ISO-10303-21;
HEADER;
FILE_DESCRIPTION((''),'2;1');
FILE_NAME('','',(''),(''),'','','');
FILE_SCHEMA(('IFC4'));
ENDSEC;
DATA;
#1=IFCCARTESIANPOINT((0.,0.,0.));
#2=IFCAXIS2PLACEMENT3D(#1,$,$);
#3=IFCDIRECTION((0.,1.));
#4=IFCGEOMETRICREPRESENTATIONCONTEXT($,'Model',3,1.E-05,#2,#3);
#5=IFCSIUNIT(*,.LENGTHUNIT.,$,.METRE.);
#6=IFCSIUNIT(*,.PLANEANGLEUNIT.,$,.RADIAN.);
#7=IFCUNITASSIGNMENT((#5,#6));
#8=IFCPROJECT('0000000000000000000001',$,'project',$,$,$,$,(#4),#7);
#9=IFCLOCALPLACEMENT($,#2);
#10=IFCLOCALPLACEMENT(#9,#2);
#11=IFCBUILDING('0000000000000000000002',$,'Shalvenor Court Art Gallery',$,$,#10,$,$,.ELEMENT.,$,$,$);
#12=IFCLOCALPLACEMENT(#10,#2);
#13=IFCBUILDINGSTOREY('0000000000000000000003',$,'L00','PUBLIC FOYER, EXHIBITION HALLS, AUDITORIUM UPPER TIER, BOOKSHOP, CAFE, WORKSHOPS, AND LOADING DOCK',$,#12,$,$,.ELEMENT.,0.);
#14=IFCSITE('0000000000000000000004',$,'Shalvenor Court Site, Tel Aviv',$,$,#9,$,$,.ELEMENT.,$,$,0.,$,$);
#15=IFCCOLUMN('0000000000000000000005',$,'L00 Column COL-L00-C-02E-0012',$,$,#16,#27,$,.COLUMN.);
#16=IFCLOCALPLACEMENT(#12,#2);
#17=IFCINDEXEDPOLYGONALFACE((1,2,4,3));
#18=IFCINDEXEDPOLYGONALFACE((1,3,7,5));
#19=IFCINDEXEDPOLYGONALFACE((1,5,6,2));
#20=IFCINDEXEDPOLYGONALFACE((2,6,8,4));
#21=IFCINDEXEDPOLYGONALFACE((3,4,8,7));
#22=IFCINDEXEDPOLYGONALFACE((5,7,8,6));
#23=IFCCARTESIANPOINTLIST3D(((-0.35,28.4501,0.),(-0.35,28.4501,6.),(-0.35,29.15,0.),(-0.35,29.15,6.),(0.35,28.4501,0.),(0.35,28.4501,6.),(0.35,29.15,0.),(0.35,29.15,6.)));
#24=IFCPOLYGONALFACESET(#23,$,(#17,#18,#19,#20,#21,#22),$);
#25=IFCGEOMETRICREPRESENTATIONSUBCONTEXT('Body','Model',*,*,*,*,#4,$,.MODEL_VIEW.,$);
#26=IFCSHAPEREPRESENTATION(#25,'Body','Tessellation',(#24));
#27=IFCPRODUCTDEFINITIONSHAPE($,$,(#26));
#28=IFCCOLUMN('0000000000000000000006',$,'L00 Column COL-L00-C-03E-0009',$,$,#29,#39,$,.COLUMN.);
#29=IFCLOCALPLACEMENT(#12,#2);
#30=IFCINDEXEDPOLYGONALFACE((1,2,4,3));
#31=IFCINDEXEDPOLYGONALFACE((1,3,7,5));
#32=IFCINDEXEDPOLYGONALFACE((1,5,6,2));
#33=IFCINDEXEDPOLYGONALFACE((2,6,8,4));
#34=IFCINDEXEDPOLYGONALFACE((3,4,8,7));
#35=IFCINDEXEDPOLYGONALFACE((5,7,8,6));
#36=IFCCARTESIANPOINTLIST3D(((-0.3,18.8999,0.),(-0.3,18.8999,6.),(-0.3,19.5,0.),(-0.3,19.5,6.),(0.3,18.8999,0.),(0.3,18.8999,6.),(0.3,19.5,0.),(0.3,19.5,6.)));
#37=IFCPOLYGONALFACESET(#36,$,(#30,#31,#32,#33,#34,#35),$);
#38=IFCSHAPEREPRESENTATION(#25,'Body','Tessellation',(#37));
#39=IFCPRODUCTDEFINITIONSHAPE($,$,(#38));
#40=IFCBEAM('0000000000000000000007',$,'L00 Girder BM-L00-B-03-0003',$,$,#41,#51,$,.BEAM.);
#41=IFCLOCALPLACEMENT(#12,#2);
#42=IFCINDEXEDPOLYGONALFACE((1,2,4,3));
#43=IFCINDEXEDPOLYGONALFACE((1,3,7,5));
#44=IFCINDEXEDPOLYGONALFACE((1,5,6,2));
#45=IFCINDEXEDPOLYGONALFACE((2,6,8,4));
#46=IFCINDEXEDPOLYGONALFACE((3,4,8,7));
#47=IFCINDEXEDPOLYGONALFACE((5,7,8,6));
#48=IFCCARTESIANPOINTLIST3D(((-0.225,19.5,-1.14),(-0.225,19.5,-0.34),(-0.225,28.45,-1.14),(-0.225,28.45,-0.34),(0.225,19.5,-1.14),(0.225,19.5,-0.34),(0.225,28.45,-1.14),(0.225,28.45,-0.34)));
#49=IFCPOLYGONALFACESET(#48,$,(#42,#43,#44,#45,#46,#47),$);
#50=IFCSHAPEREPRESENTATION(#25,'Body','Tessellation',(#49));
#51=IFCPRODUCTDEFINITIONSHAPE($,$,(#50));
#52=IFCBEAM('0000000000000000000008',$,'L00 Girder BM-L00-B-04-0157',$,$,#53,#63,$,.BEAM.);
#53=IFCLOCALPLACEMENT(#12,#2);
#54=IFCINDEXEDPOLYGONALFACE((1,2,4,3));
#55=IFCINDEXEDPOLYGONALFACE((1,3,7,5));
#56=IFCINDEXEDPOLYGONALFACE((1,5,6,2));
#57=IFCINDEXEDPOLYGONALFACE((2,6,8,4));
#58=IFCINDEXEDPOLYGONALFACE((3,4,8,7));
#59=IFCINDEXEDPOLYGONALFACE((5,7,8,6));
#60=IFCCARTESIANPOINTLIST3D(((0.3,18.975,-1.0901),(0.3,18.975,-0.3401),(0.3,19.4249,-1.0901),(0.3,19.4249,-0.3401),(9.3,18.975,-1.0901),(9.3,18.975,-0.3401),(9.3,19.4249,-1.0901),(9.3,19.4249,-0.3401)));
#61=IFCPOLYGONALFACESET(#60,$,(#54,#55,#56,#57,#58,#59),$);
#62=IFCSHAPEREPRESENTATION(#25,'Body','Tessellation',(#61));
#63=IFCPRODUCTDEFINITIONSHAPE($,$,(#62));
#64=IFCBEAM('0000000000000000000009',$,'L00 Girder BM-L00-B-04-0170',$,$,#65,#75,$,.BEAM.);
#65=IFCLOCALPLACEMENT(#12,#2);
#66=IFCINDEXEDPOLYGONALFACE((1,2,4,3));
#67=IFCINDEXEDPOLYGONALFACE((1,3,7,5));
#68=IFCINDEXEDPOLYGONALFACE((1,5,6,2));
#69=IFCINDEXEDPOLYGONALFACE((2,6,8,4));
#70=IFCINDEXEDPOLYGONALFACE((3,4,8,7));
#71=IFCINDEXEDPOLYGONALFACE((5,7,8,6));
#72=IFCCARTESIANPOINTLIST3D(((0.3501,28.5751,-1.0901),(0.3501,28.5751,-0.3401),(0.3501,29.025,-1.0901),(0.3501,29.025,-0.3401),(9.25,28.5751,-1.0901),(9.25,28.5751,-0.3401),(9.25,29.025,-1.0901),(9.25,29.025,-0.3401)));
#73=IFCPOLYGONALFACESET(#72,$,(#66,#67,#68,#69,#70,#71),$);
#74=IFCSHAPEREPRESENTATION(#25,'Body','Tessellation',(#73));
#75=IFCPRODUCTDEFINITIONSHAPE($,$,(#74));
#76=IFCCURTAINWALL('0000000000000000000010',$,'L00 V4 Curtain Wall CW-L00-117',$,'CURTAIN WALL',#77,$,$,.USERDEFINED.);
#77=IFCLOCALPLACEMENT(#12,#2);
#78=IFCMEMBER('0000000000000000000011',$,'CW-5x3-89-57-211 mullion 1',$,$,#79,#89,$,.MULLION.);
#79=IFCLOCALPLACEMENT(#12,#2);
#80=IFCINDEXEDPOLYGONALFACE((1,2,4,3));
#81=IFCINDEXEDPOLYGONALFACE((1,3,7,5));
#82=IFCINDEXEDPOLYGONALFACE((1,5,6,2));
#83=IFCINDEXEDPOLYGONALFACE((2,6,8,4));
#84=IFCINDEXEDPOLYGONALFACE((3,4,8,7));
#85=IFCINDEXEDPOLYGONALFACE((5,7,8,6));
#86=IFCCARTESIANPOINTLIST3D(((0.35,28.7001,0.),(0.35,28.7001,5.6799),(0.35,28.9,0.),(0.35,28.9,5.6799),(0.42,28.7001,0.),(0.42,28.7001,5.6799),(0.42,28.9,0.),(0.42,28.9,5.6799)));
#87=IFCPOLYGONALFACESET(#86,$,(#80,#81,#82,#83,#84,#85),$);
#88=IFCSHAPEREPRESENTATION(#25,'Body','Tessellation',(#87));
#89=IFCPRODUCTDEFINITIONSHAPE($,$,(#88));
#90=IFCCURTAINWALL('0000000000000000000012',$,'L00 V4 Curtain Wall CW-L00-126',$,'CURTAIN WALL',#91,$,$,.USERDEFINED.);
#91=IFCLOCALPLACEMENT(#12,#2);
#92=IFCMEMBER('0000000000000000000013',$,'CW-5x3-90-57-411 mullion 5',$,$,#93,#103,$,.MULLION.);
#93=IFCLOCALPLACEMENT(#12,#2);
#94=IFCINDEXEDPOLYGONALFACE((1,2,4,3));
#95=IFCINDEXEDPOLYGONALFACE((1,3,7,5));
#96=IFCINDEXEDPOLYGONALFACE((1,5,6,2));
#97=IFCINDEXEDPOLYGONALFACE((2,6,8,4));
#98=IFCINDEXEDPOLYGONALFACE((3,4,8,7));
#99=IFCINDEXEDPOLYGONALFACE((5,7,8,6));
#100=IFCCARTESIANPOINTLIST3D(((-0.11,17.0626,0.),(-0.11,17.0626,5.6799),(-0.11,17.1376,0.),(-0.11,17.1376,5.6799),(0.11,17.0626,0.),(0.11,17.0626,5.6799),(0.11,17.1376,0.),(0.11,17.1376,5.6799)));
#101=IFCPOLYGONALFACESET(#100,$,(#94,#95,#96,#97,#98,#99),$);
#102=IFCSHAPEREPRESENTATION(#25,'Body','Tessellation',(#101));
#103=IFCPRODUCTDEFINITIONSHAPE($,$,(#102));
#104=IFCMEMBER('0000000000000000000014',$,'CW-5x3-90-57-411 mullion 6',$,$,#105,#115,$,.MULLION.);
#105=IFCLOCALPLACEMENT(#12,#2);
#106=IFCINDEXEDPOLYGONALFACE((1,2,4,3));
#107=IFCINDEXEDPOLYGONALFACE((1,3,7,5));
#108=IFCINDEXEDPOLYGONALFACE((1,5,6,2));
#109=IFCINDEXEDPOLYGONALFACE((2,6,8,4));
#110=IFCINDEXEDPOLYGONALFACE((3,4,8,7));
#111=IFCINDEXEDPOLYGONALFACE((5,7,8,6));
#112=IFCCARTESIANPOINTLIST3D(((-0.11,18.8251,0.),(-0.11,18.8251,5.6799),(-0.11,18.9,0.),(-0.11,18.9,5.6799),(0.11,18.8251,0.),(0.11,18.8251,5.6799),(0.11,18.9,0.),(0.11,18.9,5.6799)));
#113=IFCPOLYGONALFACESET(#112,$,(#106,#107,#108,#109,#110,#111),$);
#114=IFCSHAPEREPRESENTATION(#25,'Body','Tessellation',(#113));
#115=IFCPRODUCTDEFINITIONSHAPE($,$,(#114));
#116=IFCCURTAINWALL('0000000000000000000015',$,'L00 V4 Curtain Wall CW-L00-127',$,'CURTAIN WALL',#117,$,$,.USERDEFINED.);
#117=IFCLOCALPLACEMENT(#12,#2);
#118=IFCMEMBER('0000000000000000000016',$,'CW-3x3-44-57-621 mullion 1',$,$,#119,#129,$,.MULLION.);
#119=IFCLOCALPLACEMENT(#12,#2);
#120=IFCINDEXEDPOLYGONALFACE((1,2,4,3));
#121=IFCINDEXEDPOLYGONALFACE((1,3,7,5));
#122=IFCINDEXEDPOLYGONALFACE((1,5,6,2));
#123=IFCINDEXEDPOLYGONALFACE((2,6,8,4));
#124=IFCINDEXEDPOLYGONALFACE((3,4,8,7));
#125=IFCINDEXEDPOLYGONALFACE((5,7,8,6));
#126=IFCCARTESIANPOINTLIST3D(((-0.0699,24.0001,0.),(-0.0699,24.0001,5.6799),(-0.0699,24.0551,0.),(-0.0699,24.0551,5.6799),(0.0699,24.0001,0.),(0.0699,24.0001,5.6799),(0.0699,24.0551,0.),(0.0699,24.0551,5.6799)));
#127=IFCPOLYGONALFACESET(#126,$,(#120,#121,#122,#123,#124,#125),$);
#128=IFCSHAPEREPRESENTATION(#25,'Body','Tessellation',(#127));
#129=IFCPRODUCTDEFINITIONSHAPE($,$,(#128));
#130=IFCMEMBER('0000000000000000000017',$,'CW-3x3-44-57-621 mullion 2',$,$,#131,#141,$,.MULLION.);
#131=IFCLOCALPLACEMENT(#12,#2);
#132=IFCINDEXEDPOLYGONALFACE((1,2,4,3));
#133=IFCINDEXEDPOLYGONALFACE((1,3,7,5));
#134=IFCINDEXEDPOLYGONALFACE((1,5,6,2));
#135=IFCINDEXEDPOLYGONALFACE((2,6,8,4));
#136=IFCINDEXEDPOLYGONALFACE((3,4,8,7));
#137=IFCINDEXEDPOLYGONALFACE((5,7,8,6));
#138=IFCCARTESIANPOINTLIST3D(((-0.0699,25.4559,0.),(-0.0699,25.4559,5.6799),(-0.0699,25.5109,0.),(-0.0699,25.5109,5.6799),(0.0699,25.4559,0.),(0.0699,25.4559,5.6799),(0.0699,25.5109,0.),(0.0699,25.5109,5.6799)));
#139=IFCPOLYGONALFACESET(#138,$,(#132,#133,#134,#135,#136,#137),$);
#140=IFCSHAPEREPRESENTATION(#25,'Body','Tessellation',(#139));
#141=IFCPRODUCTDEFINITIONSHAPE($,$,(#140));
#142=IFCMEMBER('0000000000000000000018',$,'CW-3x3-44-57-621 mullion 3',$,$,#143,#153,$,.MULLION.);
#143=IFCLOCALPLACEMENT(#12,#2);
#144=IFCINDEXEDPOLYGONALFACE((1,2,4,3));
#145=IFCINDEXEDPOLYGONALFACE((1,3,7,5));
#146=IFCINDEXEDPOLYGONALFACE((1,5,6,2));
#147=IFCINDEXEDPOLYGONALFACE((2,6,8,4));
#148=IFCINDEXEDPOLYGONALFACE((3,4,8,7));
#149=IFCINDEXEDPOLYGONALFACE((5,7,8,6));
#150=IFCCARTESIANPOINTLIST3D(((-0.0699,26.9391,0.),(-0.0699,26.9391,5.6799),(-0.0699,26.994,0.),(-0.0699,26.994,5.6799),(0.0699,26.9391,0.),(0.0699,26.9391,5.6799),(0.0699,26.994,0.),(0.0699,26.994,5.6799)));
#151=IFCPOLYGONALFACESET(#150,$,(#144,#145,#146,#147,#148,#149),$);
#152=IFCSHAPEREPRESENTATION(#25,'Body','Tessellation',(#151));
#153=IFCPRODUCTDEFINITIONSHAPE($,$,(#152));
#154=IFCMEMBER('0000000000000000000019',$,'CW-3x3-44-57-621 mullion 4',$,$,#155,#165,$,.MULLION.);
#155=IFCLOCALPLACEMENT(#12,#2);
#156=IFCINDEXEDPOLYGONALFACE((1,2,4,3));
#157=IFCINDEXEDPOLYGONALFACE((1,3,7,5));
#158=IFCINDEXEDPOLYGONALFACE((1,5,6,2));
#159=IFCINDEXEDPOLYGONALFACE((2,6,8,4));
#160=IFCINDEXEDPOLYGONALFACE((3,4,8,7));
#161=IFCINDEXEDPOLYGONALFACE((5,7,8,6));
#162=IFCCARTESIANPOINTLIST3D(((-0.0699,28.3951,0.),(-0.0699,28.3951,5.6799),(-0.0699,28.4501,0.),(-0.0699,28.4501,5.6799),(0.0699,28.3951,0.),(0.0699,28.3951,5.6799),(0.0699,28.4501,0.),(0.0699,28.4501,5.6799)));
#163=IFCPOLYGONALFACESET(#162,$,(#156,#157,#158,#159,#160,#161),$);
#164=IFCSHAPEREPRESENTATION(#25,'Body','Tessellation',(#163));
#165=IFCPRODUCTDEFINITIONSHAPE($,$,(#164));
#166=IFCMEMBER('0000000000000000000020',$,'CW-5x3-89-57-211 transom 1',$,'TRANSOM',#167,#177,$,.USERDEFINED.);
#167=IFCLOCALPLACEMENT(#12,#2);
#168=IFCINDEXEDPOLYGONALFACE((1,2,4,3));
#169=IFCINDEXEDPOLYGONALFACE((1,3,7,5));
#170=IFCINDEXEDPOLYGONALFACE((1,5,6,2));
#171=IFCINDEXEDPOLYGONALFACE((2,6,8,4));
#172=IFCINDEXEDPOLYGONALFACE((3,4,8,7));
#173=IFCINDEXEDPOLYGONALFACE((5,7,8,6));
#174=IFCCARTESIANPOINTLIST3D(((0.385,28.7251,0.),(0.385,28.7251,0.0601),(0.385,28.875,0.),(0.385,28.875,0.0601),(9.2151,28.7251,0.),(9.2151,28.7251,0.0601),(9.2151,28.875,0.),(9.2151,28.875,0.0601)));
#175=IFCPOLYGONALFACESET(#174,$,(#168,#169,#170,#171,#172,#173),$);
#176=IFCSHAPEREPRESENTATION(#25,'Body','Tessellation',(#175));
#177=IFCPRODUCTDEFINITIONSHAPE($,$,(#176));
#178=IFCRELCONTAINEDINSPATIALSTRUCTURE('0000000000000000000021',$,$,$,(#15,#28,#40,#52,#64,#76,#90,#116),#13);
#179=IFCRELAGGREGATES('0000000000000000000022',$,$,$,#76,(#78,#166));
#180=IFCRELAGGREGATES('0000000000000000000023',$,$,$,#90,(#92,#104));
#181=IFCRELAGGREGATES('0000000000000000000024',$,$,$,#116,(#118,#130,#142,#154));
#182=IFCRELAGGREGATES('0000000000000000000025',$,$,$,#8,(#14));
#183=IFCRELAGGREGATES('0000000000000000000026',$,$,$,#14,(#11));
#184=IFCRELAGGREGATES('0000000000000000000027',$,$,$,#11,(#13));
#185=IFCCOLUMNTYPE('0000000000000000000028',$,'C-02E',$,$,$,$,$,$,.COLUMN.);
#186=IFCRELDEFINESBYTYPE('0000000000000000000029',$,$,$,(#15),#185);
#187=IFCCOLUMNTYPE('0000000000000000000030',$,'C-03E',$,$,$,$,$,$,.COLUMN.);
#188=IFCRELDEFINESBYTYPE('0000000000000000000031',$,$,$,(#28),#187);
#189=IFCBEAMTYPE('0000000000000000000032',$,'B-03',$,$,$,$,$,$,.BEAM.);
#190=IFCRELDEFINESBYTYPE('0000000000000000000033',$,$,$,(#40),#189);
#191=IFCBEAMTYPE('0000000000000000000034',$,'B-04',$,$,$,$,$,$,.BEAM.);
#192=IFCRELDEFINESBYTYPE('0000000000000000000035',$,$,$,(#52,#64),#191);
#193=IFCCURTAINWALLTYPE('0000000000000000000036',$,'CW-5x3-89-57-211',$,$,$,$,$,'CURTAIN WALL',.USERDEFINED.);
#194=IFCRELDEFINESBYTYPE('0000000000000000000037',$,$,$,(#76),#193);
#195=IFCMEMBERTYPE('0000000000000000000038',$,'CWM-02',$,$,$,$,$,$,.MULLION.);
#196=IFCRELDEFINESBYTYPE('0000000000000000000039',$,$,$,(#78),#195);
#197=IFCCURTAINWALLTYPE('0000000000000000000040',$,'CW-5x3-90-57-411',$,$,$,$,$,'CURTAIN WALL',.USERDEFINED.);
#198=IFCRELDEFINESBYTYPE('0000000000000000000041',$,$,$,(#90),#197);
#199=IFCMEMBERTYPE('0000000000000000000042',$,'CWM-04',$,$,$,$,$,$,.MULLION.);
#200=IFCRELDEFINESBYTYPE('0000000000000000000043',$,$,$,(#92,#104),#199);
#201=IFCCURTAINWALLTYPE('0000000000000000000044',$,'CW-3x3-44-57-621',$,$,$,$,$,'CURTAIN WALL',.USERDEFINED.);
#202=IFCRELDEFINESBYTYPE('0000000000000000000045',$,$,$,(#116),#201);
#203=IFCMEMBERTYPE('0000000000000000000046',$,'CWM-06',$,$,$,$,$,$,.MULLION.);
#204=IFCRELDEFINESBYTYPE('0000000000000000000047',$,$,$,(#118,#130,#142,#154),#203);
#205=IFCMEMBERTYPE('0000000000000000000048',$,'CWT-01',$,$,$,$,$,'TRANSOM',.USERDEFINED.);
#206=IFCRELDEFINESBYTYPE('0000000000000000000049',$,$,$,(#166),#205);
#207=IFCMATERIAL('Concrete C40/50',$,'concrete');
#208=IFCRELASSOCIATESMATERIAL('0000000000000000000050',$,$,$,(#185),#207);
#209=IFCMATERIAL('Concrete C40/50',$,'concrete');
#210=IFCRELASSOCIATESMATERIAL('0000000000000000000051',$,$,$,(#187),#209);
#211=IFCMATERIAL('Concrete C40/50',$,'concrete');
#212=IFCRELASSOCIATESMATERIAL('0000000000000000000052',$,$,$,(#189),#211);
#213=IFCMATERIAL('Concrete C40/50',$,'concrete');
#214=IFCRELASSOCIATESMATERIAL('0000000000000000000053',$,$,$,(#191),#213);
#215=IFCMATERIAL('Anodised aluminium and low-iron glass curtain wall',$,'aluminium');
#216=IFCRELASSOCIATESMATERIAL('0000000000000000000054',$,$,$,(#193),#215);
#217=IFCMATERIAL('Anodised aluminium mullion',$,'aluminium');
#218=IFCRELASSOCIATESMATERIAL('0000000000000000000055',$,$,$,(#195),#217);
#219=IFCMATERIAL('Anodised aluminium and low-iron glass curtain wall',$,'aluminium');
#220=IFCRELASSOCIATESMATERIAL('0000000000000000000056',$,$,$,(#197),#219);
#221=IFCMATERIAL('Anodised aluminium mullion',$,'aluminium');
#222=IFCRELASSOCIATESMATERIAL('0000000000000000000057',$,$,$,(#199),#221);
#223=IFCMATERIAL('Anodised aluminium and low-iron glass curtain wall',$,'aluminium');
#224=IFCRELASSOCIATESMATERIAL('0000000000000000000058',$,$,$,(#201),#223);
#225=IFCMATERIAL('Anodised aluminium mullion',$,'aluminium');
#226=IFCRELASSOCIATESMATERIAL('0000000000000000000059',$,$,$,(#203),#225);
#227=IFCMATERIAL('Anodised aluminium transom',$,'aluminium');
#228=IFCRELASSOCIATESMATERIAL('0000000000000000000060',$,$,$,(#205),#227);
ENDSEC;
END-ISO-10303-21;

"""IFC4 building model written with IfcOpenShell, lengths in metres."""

from ifc_helpers import new_model, si_unit, direction, frame, origin, origin_2d, place, context, subcontext, project, spatial, rectangle, extrude, material, material_profile, profile_set, type_object, element, aggregate, save


model = new_model("IFC4")

# Units and contexts
model_context = context("Model", 3, precision=1e-05, world=origin(), true_north=direction((0.0, 1.0)))
body_context = subcontext(model_context, "Body", "Model", "MODEL_VIEW")
ifc_project = project(units=[si_unit("LENGTHUNIT", "METRE"), si_unit("PLANEANGLEUNIT", "RADIAN")], contexts=[model_context])

# Site, building, storey
site_placement = place(None, origin())
site = spatial("IfcSite", under=ifc_project, at=site_placement, Name="Shalvenor Court Site, Tel Aviv", CompositionType="ELEMENT", RefElevation=0.0)
building_placement = place(site_placement, origin())
building = spatial("IfcBuilding", under=site, at=building_placement, Name="Shalvenor Court Art Gallery", CompositionType="ELEMENT")
storey_placement = place(building_placement, origin())
storey = spatial("IfcBuildingStorey", under=building, at=storey_placement, Name="L00", Description="PUBLIC FOYER, EXHIBITION HALLS, AUDITORIUM UPPER TIER, BOOKSHOP, CAFE, WORKSHOPS, AND LOADING DOCK", CompositionType="ELEMENT", Elevation=0.0)

# Columns
ifc_material_1 = material(Name="Concrete C40/50", Category="concrete")
ifc_material_profile_1 = material_profile(ifc_material_1, rectangle(XDim=0.7, YDim=0.7, at=origin_2d()), Name="RC 700x700")
ifc_profile_set_1 = profile_set([ifc_material_profile_1], Name="Concrete C40/50")
column_type_1 = type_object("IfcColumnType", Name="C-02E", PredefinedType="COLUMN", material=ifc_profile_set_1)
column_1_placement = place(storey_placement, frame((0.0, 28.8, 0.0), z_axis=(0.0, 0.0, 1.0), x_axis=(1.0, 0.0, 0.0)))
element("IfcColumn", 1, at=column_1_placement, inside=storey, type_object=column_type_1, Name="L00 Column COL-L00-C-02E-0012", PredefinedType="COLUMN", context=body_context, shape_type="SweptSolid", body=[
    extrude(rectangle(XDim=0.7, YDim=0.7, at=origin_2d()), origin(), (0.0, 0.0, 1.0), 6.0),
])
ifc_material_2 = material(Name="Concrete C40/50", Category="concrete")
ifc_material_profile_2 = material_profile(ifc_material_2, rectangle(XDim=0.6001, YDim=0.6001, at=origin_2d()), Name="RC 600x600")
ifc_profile_set_2 = profile_set([ifc_material_profile_2], Name="Concrete C40/50")
column_type_2 = type_object("IfcColumnType", Name="C-03E", PredefinedType="COLUMN", material=ifc_profile_set_2)
column_2_placement = place(storey_placement, frame((0.0, 19.2, 0.0), z_axis=(0.0, 0.0, 1.0), x_axis=(1.0, 0.0, 0.0)))
element("IfcColumn", 2, at=column_2_placement, inside=storey, type_object=column_type_2, Name="L00 Column COL-L00-C-03E-0009", PredefinedType="COLUMN", context=body_context, shape_type="SweptSolid", body=[
    extrude(rectangle(XDim=0.6001, YDim=0.6001, at=origin_2d()), origin(), (0.0, 0.0, 1.0), 6.0),
])

# Beams
ifc_material_3 = material(Name="Concrete C40/50", Category="concrete")
ifc_material_profile_3 = material_profile(ifc_material_3, rectangle(XDim=0.45, YDim=0.8, at=origin_2d()), Name="RC 450x800")
ifc_profile_set_3 = profile_set([ifc_material_profile_3], Name="Concrete C40/50")
beam_type_1 = type_object("IfcBeamType", Name="B-03", PredefinedType="BEAM", material=ifc_profile_set_3)
beam_1_placement = place(storey_placement, frame((0.0, 19.5, -0.74), z_axis=(0.0, 1.0, 0.0), x_axis=(-1.0, 0.0, 0.0)))
element("IfcBeam", 3, at=beam_1_placement, inside=storey, type_object=beam_type_1, Name="L00 Girder BM-L00-B-03-0003", PredefinedType="BEAM", context=body_context, shape_type="SweptSolid", body=[
    extrude(rectangle(XDim=0.45, YDim=0.8, at=origin_2d()), origin(), (0.0, 0.0, 1.0), 8.95),
])
ifc_material_4 = material(Name="Concrete C40/50", Category="concrete")
ifc_material_profile_4 = material_profile(ifc_material_4, rectangle(XDim=0.45, YDim=0.75, at=origin_2d()), Name="RC 450x750")
ifc_profile_set_4 = profile_set([ifc_material_profile_4], Name="Concrete C40/50")
beam_type_2 = type_object("IfcBeamType", Name="B-04", PredefinedType="BEAM", material=ifc_profile_set_4)
beam_2_placement = place(storey_placement, frame((0.3, 19.2, -0.7151), z_axis=(1.0, 0.0, 0.0), x_axis=(0.0, 1.0, 0.0)))
element("IfcBeam", 4, at=beam_2_placement, inside=storey, type_object=beam_type_2, Name="L00 Girder BM-L00-B-04-0157", PredefinedType="BEAM", context=body_context, shape_type="SweptSolid", body=[
    extrude(rectangle(XDim=0.45, YDim=0.75, at=origin_2d()), origin(), (0.0, 0.0, 1.0), 9.0),
])
beam_3_placement = place(storey_placement, frame((0.3501, 28.8, -0.7151), z_axis=(1.0, 0.0, 0.0), x_axis=(0.0, 1.0, 0.0)))
element("IfcBeam", 5, at=beam_3_placement, inside=storey, type_object=beam_type_2, Name="L00 Girder BM-L00-B-04-0170", PredefinedType="BEAM", context=body_context, shape_type="SweptSolid", body=[
    extrude(rectangle(XDim=0.45, YDim=0.75, at=origin_2d()), origin(), (0.0, 0.0, 1.0), 8.8999),
])

# Curtain wall, member
ifc_material_5 = material(Name="Anodised aluminium and low-iron glass curtain wall", Category="aluminium")
curtain_wall_type_1 = type_object("IfcCurtainWallType", Name="CW-5x3-89-57-211", ElementType="CURTAIN WALL", PredefinedType="USERDEFINED", material=ifc_material_5)
curtain_wall_1_placement = place(storey_placement, origin())
curtain_wall_1 = element("IfcCurtainWall", 6, at=curtain_wall_1_placement, inside=storey, type_object=curtain_wall_type_1, Name="L00 V4 Curtain Wall CW-L00-117", ObjectType="CURTAIN WALL", PredefinedType="USERDEFINED")
ifc_material_6 = material(Name="Anodised aluminium mullion", Category="aluminium")
ifc_material_profile_5 = material_profile(ifc_material_6, rectangle(XDim=0.0701, YDim=0.2, at=origin_2d()), Name="CWM-02")
ifc_profile_set_5 = profile_set([ifc_material_profile_5], Name="Anodised aluminium mullion")
member_type_1 = type_object("IfcMemberType", Name="CWM-02", PredefinedType="MULLION", material=ifc_profile_set_5)
member_1_placement = place(storey_placement, frame((0.385, 28.8, 0.0), z_axis=(0.0, 0.0, 1.0), x_axis=(1.0, 0.0, 0.0)))
member_1 = element("IfcMember", 7, at=member_1_placement, type_object=member_type_1, Name="CW-5x3-89-57-211 mullion 1", PredefinedType="MULLION", context=body_context, shape_type="SweptSolid", body=[
    extrude(rectangle(XDim=0.0701, YDim=0.2, at=origin_2d()), origin(), (0.0, 0.0, 1.0), 5.6799),
])

# Curtain walls, members
ifc_material_7 = material(Name="Anodised aluminium and low-iron glass curtain wall", Category="aluminium")
curtain_wall_type_2 = type_object("IfcCurtainWallType", Name="CW-5x3-90-57-411", ElementType="CURTAIN WALL", PredefinedType="USERDEFINED", material=ifc_material_7)
curtain_wall_2_placement = place(storey_placement, origin())
curtain_wall_2 = element("IfcCurtainWall", 8, at=curtain_wall_2_placement, inside=storey, type_object=curtain_wall_type_2, Name="L00 V4 Curtain Wall CW-L00-126", ObjectType="CURTAIN WALL", PredefinedType="USERDEFINED")
ifc_material_8 = material(Name="Anodised aluminium mullion", Category="aluminium")
ifc_material_profile_6 = material_profile(ifc_material_8, rectangle(XDim=0.075, YDim=0.22, at=origin_2d()), Name="CWM-04")
ifc_profile_set_6 = profile_set([ifc_material_profile_6], Name="Anodised aluminium mullion")
member_type_2 = type_object("IfcMemberType", Name="CWM-04", PredefinedType="MULLION", material=ifc_profile_set_6)
member_2_placement = place(storey_placement, frame((0.0, 17.1001, 0.0), z_axis=(0.0, 0.0, 1.0), x_axis=(0.0, 1.0, 0.0)))
member_2 = element("IfcMember", 9, at=member_2_placement, type_object=member_type_2, Name="CW-5x3-90-57-411 mullion 5", PredefinedType="MULLION", context=body_context, shape_type="SweptSolid", body=[
    extrude(rectangle(XDim=0.075, YDim=0.22, at=origin_2d()), origin(), (0.0, 0.0, 1.0), 5.6799),
])
member_3_placement = place(storey_placement, frame((0.0, 18.8625, 0.0), z_axis=(0.0, 0.0, 1.0), x_axis=(0.0, 1.0, 0.0)))
member_3 = element("IfcMember", 10, at=member_3_placement, type_object=member_type_2, Name="CW-5x3-90-57-411 mullion 6", PredefinedType="MULLION", context=body_context, shape_type="SweptSolid", body=[
    extrude(rectangle(XDim=0.075, YDim=0.22, at=origin_2d()), origin(), (0.0, 0.0, 1.0), 5.6799),
])
ifc_material_9 = material(Name="Anodised aluminium and low-iron glass curtain wall", Category="aluminium")
curtain_wall_type_3 = type_object("IfcCurtainWallType", Name="CW-3x3-44-57-621", ElementType="CURTAIN WALL", PredefinedType="USERDEFINED", material=ifc_material_9)
curtain_wall_3_placement = place(storey_placement, origin())
curtain_wall_3 = element("IfcCurtainWall", 11, at=curtain_wall_3_placement, inside=storey, type_object=curtain_wall_type_3, Name="L00 V4 Curtain Wall CW-L00-127", ObjectType="CURTAIN WALL", PredefinedType="USERDEFINED")
ifc_material_10 = material(Name="Anodised aluminium mullion", Category="aluminium")
ifc_material_profile_7 = material_profile(ifc_material_10, rectangle(XDim=0.0549, YDim=0.1399, at=origin_2d()), Name="CWM-06")
ifc_profile_set_7 = profile_set([ifc_material_profile_7], Name="Anodised aluminium mullion")
member_type_3 = type_object("IfcMemberType", Name="CWM-06", PredefinedType="MULLION", material=ifc_profile_set_7)
member_4_placement = place(storey_placement, frame((0.0, 24.0276, 0.0), z_axis=(0.0, 0.0, 1.0), x_axis=(0.0, 1.0, 0.0)))
member_4 = element("IfcMember", 12, at=member_4_placement, type_object=member_type_3, Name="CW-3x3-44-57-621 mullion 1", PredefinedType="MULLION", context=body_context, shape_type="SweptSolid", body=[
    extrude(rectangle(XDim=0.0549, YDim=0.1399, at=origin_2d()), origin(), (0.0, 0.0, 1.0), 5.6799),
])
member_5_placement = place(storey_placement, frame((0.0, 25.4834, 0.0), z_axis=(0.0, 0.0, 1.0), x_axis=(0.0, 1.0, 0.0)))
member_5 = element("IfcMember", 13, at=member_5_placement, type_object=member_type_3, Name="CW-3x3-44-57-621 mullion 2", PredefinedType="MULLION", context=body_context, shape_type="SweptSolid", body=[
    extrude(rectangle(XDim=0.0549, YDim=0.1399, at=origin_2d()), origin(), (0.0, 0.0, 1.0), 5.6799),
])
member_6_placement = place(storey_placement, frame((0.0, 26.9666, 0.0), z_axis=(0.0, 0.0, 1.0), x_axis=(0.0, 1.0, 0.0)))
member_6 = element("IfcMember", 14, at=member_6_placement, type_object=member_type_3, Name="CW-3x3-44-57-621 mullion 3", PredefinedType="MULLION", context=body_context, shape_type="SweptSolid", body=[
    extrude(rectangle(XDim=0.0549, YDim=0.1399, at=origin_2d()), origin(), (0.0, 0.0, 1.0), 5.6799),
])
member_7_placement = place(storey_placement, frame((0.0, 28.4226, 0.0), z_axis=(0.0, 0.0, 1.0), x_axis=(0.0, 1.0, 0.0)))
member_7 = element("IfcMember", 15, at=member_7_placement, type_object=member_type_3, Name="CW-3x3-44-57-621 mullion 4", PredefinedType="MULLION", context=body_context, shape_type="SweptSolid", body=[
    extrude(rectangle(XDim=0.0549, YDim=0.1399, at=origin_2d()), origin(), (0.0, 0.0, 1.0), 5.6799),
])

# Member
ifc_material_11 = material(Name="Anodised aluminium transom", Category="aluminium")
ifc_material_profile_8 = material_profile(ifc_material_11, rectangle(XDim=0.1499, YDim=0.0601, at=origin_2d()), Name="CWT-01")
ifc_profile_set_8 = profile_set([ifc_material_profile_8], Name="Anodised aluminium transom")
member_type_4 = type_object("IfcMemberType", Name="CWT-01", ElementType="TRANSOM", PredefinedType="USERDEFINED", material=ifc_profile_set_8)
member_8_placement = place(storey_placement, frame((0.385, 28.8, 0.03), z_axis=(1.0, 0.0, 0.0), x_axis=(0.0, 1.0, 0.0)))
member_8 = element("IfcMember", 16, at=member_8_placement, type_object=member_type_4, Name="CW-5x3-89-57-211 transom 1", ObjectType="TRANSOM", PredefinedType="USERDEFINED", context=body_context, shape_type="SweptSolid", body=[
    extrude(rectangle(XDim=0.1499, YDim=0.0601, at=origin_2d()), origin(), (0.0, 0.0, 1.0), 8.8301),
])
aggregate(curtain_wall_1, [member_1, member_8])

aggregate(curtain_wall_2, [member_2, member_3])
aggregate(curtain_wall_3, [member_4, member_5, member_6, member_7])

save(model, "model.ifc")
